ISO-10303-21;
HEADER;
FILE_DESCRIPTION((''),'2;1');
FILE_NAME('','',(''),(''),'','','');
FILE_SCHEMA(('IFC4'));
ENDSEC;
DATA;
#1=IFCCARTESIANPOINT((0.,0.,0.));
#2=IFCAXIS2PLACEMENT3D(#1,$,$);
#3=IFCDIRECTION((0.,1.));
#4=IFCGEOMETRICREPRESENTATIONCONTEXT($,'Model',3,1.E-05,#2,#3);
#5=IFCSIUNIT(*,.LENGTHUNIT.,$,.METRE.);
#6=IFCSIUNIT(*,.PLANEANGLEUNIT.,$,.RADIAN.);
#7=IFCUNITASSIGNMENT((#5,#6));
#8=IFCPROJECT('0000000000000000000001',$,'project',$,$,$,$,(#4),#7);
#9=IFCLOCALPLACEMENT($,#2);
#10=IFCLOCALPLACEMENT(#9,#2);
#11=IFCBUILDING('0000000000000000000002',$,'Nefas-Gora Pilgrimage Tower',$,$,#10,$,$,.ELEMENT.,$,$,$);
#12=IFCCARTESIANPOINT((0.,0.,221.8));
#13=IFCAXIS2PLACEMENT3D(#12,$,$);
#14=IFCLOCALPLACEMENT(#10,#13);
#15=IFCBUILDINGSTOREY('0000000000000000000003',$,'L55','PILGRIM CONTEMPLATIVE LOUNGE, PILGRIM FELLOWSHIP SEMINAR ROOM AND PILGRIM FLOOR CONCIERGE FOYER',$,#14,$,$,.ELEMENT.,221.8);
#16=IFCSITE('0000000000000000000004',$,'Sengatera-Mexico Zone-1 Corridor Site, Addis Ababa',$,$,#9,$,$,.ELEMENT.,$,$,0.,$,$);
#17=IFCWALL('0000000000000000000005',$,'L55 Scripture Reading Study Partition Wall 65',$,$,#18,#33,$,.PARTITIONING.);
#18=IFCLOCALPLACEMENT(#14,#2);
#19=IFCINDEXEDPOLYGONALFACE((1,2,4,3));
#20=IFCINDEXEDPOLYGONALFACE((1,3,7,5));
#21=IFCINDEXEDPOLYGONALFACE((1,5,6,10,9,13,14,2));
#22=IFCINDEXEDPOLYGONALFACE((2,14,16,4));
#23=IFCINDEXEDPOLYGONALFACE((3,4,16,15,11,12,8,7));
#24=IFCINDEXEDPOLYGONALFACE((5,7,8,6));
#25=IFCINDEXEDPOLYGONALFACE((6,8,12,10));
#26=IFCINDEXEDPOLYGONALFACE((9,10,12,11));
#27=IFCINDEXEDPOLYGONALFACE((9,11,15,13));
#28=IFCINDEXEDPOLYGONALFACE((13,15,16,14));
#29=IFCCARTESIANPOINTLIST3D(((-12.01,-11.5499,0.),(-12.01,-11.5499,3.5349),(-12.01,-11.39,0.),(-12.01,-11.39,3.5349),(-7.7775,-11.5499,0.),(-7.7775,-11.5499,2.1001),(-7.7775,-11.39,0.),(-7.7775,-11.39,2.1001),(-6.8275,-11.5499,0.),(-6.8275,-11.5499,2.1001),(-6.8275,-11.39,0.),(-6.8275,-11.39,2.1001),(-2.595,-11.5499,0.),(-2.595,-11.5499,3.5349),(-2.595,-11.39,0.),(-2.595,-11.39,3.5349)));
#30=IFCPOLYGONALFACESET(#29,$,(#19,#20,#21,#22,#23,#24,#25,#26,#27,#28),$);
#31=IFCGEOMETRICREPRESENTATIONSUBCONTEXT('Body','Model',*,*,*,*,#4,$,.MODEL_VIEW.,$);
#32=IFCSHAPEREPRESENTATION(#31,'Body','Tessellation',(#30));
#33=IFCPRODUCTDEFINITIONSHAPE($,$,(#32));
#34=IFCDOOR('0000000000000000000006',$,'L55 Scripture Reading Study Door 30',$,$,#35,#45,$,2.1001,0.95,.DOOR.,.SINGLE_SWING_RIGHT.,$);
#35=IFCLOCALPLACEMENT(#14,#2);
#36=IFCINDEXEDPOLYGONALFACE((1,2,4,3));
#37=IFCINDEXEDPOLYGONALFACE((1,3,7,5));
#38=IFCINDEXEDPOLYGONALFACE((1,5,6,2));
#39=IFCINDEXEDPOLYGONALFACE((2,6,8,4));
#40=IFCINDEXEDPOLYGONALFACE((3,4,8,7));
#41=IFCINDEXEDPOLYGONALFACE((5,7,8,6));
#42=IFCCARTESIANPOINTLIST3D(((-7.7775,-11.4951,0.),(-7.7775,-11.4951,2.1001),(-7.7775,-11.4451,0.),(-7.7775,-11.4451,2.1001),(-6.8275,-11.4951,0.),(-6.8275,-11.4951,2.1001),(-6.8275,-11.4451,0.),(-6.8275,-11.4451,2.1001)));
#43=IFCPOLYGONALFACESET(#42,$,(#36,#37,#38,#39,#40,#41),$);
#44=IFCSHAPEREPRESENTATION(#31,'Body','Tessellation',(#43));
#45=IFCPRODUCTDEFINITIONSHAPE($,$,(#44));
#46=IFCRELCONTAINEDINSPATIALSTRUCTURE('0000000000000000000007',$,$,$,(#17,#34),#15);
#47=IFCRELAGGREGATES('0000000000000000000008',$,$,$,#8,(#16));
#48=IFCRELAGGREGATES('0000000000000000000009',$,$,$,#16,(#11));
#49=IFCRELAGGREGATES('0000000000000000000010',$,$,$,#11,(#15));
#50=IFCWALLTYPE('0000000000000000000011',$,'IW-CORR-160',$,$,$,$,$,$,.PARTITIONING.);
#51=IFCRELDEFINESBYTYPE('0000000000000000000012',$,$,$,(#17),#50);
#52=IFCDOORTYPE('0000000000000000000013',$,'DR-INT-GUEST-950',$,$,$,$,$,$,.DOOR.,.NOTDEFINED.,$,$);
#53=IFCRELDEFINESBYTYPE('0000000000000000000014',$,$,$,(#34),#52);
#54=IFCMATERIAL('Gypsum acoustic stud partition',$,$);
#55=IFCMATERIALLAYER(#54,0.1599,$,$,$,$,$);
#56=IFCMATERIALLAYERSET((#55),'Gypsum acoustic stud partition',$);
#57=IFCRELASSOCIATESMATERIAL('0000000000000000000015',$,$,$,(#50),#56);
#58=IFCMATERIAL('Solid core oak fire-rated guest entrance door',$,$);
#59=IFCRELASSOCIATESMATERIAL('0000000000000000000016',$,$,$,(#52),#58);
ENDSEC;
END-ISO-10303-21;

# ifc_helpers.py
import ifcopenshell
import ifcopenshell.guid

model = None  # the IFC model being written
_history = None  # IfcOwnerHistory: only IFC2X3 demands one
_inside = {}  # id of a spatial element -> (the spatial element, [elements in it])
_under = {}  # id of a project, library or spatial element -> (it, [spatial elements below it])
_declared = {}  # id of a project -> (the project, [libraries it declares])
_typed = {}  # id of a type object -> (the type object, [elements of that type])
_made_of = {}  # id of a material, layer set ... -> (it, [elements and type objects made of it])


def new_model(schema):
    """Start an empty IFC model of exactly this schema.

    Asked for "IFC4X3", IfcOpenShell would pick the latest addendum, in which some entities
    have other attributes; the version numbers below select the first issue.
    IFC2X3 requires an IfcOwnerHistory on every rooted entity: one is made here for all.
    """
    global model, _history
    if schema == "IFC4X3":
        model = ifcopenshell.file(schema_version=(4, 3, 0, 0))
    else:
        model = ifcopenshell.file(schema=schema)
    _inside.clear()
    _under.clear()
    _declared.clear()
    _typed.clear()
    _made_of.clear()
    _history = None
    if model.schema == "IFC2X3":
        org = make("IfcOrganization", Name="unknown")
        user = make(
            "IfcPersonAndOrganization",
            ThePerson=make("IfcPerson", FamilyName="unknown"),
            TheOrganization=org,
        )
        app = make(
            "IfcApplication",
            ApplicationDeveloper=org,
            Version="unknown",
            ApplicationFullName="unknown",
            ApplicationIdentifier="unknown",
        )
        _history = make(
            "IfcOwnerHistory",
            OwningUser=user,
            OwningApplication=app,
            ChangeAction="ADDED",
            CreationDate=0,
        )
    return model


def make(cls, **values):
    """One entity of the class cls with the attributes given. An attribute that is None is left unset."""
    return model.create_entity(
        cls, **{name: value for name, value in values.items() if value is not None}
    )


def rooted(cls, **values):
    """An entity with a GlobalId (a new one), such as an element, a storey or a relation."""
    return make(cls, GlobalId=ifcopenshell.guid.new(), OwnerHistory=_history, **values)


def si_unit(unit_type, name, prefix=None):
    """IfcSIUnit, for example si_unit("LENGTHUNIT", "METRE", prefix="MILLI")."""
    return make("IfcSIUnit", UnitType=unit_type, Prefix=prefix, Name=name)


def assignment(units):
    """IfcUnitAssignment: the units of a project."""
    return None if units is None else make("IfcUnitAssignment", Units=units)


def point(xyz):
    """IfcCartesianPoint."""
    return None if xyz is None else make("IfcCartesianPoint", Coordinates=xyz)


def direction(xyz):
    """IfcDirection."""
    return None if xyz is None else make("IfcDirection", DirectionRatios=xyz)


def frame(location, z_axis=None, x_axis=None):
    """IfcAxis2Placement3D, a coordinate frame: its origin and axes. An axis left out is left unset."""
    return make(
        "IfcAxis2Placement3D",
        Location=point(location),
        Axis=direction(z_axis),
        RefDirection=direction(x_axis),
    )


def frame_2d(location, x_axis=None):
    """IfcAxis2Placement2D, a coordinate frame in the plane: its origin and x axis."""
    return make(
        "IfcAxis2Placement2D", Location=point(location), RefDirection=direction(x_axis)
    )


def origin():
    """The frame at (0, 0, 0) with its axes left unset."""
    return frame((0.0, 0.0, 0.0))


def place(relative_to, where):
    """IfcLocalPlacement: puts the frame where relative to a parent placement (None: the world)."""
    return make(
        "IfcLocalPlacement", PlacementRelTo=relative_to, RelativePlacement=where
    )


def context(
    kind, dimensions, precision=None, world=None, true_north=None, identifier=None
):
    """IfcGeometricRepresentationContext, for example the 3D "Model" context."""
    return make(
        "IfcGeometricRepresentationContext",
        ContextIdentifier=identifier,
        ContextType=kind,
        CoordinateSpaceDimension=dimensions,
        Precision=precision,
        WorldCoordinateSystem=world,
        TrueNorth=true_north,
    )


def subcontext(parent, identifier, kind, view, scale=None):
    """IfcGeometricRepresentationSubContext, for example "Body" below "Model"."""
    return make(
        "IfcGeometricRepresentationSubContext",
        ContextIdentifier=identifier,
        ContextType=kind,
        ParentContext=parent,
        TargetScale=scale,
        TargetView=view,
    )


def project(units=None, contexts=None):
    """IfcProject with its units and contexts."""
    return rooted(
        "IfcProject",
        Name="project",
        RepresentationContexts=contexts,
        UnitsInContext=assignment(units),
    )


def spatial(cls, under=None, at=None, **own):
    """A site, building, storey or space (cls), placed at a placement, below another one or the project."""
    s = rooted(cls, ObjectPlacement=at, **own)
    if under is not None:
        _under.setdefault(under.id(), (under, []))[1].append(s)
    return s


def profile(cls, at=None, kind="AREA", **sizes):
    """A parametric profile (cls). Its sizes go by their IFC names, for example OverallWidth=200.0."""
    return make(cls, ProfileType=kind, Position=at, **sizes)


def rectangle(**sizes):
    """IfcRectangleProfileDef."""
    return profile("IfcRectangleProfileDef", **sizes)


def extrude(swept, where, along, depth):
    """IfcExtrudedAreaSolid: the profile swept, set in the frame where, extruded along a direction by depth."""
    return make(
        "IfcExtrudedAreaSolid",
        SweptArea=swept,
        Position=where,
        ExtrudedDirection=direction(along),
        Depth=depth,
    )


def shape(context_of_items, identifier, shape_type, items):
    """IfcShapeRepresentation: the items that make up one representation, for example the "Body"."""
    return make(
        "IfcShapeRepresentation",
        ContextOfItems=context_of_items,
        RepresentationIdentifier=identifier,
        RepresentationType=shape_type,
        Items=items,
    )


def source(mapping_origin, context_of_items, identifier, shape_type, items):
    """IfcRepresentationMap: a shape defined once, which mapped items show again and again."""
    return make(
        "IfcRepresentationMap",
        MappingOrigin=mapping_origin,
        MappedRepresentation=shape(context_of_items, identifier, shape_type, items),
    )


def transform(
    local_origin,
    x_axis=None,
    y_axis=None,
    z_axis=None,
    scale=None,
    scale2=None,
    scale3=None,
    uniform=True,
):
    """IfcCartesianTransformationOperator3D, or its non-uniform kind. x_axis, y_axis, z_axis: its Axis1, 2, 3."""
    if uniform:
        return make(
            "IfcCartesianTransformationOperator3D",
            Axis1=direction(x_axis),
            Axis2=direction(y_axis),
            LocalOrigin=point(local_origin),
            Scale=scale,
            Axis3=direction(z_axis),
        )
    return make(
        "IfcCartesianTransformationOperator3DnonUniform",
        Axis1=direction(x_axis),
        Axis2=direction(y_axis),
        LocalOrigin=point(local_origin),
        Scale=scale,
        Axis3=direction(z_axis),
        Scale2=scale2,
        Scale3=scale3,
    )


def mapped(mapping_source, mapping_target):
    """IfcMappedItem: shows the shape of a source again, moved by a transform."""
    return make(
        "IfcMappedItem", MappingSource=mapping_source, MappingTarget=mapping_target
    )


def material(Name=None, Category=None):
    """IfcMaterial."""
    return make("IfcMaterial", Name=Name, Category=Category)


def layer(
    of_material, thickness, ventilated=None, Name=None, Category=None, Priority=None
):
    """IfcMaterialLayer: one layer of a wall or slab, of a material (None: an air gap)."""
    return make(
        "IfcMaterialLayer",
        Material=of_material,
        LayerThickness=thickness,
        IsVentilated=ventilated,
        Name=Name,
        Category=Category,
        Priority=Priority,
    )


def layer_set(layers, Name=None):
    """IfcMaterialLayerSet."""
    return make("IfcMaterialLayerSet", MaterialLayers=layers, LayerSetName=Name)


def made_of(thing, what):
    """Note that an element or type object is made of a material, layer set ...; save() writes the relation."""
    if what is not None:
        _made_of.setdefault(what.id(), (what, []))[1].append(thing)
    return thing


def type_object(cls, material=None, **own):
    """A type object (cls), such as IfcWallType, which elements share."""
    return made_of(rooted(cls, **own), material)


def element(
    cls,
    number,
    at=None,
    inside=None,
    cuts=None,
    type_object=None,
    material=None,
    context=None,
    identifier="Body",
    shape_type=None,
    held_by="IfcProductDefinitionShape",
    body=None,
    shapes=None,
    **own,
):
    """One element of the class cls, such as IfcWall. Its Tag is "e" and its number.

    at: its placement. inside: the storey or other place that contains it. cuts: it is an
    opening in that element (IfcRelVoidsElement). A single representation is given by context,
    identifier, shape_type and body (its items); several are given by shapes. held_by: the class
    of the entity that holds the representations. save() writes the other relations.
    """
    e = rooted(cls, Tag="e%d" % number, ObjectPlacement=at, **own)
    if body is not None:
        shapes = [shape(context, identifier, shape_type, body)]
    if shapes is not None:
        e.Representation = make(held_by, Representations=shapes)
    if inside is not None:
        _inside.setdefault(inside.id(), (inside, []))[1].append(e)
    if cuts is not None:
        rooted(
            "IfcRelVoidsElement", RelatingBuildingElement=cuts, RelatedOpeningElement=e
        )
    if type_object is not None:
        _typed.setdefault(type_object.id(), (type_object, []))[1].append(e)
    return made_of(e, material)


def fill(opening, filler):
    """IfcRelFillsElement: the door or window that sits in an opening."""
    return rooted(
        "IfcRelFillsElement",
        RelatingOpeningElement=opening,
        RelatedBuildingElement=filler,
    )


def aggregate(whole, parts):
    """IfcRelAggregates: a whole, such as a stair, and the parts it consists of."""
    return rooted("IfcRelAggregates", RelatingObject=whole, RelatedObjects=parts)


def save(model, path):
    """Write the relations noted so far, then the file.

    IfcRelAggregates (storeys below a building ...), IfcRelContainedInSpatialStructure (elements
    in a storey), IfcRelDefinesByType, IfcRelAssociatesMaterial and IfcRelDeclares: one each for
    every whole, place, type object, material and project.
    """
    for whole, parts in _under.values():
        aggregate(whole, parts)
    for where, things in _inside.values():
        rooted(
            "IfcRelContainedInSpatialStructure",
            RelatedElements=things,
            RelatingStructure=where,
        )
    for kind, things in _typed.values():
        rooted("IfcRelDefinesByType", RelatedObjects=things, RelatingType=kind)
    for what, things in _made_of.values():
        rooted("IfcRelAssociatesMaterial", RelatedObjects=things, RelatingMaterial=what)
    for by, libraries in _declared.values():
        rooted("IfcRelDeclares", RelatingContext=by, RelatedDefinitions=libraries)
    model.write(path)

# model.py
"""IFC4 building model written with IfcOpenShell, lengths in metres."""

from ifc_helpers import new_model, si_unit, direction, frame, frame_2d, origin, place, context, subcontext, project, spatial, rectangle, extrude, source, transform, mapped, material, layer, layer_set, type_object, element, fill, save


model = new_model("IFC4")

# Units and contexts
model_context = context("Model", 3, precision=1e-05, world=origin(), true_north=direction((0.0, 1.0)))
body_context = subcontext(model_context, "Body", "Model", "MODEL_VIEW")
ifc_project = project(units=[si_unit("LENGTHUNIT", "METRE"), si_unit("PLANEANGLEUNIT", "RADIAN")], contexts=[model_context])

# Site, building, storey
site_placement = place(None, origin())
site = spatial("IfcSite", under=ifc_project, at=site_placement, Name="Sengatera-Mexico Zone-1 Corridor Site, Addis Ababa", CompositionType="ELEMENT", RefElevation=0.0)
building_placement = place(site_placement, origin())
building = spatial("IfcBuilding", under=site, at=building_placement, Name="Nefas-Gora Pilgrimage Tower", CompositionType="ELEMENT")
storey_placement = place(building_placement, frame((0.0, 0.0, 221.8)))
storey = spatial("IfcBuildingStorey", under=building, at=storey_placement, Name="L55", Description="PILGRIM CONTEMPLATIVE LOUNGE, PILGRIM FELLOWSHIP SEMINAR ROOM AND PILGRIM FLOOR CONCIERGE FOYER", CompositionType="ELEMENT", Elevation=221.8)

# Wall, opening, door
ifc_material_1 = material(Name="Gypsum acoustic stud partition")
ifc_layer_1 = layer(ifc_material_1, 0.1599)
ifc_layer_set_1 = layer_set([ifc_layer_1], Name="Gypsum acoustic stud partition")
wall_type_1 = type_object("IfcWallType", Name="IW-CORR-160", PredefinedType="PARTITIONING", material=ifc_layer_set_1)
ifc_material_2 = material(Name="Solid core oak fire-rated guest entrance door")
door_type_1 = type_object("IfcDoorType", Name="DR-INT-GUEST-950", OperationType="NOTDEFINED", PredefinedType="DOOR", material=ifc_material_2)
shared_shape_1 = source(origin(), body_context, "Body", "SweptSolid", [
    extrude(rectangle(XDim=0.95, YDim=2.1001, at=frame_2d((0.4751, 1.05))), frame((0.0, 0.0249, 0.0), z_axis=(0.0, -1.0, 0.0), x_axis=(1.0, 0.0, 0.0)), (0.0, 0.0, 1.0), 0.05),
])
shared_shape_2 = source(origin(), body_context, "Body", "SweptSolid", [
    extrude(rectangle(XDim=9.415, YDim=0.1599, at=frame_2d((4.7075, 0.0))), origin(), (0.0, 0.0, 1.0), 3.5349),
])
wall_1_placement = place(storey_placement, frame((-12.01, -11.47, 0.0), z_axis=(0.0, 0.0, 1.0), x_axis=(1.0, 0.0, 0.0)))
wall_1 = element("IfcWall", 1, at=wall_1_placement, inside=storey, type_object=wall_type_1, Name="L55 Scripture Reading Study Partition Wall 65", PredefinedType="PARTITIONING", context=body_context, shape_type="MappedRepresentation", body=[
    mapped(shared_shape_2, transform((0.0, 0.0, 0.0), x_axis=(1.0, 0.0, 0.0), y_axis=(0.0, 1.0, 0.0), z_axis=(0.0, 0.0, 1.0), scale=1.0)),
])
opening_1_placement = place(wall_1_placement, frame((4.2324, 0.0, 0.0)))
opening_1 = element("IfcOpeningElement", 2, at=opening_1_placement, cuts=wall_1, PredefinedType="OPENING", context=body_context, shape_type="SweptSolid", body=[
    extrude(rectangle(XDim=0.95, YDim=2.1001, at=frame_2d((0.4751, 1.05))), frame((0.0, 0.0898, 0.0), z_axis=(0.0, -1.0, 0.0), x_axis=(1.0, 0.0, 0.0)), (0.0, 0.0, 1.0), 0.1799),
])
door_1_placement = place(opening_1_placement, origin())
door_1 = element("IfcDoor", 3, at=door_1_placement, inside=storey, type_object=door_type_1, Name="L55 Scripture Reading Study Door 30", OperationType="SINGLE_SWING_RIGHT", OverallHeight=2.1001, OverallWidth=0.95, PredefinedType="DOOR", context=body_context, shape_type="MappedRepresentation", body=[
    mapped(shared_shape_1, transform((0.0, 0.0, 0.0), x_axis=(1.0, 0.0, 0.0), y_axis=(0.0, 1.0, 0.0), z_axis=(0.0, 0.0, 1.0), scale=1.0)),
])
fill(opening_1, door_1)

save(model, "model.ifc")
